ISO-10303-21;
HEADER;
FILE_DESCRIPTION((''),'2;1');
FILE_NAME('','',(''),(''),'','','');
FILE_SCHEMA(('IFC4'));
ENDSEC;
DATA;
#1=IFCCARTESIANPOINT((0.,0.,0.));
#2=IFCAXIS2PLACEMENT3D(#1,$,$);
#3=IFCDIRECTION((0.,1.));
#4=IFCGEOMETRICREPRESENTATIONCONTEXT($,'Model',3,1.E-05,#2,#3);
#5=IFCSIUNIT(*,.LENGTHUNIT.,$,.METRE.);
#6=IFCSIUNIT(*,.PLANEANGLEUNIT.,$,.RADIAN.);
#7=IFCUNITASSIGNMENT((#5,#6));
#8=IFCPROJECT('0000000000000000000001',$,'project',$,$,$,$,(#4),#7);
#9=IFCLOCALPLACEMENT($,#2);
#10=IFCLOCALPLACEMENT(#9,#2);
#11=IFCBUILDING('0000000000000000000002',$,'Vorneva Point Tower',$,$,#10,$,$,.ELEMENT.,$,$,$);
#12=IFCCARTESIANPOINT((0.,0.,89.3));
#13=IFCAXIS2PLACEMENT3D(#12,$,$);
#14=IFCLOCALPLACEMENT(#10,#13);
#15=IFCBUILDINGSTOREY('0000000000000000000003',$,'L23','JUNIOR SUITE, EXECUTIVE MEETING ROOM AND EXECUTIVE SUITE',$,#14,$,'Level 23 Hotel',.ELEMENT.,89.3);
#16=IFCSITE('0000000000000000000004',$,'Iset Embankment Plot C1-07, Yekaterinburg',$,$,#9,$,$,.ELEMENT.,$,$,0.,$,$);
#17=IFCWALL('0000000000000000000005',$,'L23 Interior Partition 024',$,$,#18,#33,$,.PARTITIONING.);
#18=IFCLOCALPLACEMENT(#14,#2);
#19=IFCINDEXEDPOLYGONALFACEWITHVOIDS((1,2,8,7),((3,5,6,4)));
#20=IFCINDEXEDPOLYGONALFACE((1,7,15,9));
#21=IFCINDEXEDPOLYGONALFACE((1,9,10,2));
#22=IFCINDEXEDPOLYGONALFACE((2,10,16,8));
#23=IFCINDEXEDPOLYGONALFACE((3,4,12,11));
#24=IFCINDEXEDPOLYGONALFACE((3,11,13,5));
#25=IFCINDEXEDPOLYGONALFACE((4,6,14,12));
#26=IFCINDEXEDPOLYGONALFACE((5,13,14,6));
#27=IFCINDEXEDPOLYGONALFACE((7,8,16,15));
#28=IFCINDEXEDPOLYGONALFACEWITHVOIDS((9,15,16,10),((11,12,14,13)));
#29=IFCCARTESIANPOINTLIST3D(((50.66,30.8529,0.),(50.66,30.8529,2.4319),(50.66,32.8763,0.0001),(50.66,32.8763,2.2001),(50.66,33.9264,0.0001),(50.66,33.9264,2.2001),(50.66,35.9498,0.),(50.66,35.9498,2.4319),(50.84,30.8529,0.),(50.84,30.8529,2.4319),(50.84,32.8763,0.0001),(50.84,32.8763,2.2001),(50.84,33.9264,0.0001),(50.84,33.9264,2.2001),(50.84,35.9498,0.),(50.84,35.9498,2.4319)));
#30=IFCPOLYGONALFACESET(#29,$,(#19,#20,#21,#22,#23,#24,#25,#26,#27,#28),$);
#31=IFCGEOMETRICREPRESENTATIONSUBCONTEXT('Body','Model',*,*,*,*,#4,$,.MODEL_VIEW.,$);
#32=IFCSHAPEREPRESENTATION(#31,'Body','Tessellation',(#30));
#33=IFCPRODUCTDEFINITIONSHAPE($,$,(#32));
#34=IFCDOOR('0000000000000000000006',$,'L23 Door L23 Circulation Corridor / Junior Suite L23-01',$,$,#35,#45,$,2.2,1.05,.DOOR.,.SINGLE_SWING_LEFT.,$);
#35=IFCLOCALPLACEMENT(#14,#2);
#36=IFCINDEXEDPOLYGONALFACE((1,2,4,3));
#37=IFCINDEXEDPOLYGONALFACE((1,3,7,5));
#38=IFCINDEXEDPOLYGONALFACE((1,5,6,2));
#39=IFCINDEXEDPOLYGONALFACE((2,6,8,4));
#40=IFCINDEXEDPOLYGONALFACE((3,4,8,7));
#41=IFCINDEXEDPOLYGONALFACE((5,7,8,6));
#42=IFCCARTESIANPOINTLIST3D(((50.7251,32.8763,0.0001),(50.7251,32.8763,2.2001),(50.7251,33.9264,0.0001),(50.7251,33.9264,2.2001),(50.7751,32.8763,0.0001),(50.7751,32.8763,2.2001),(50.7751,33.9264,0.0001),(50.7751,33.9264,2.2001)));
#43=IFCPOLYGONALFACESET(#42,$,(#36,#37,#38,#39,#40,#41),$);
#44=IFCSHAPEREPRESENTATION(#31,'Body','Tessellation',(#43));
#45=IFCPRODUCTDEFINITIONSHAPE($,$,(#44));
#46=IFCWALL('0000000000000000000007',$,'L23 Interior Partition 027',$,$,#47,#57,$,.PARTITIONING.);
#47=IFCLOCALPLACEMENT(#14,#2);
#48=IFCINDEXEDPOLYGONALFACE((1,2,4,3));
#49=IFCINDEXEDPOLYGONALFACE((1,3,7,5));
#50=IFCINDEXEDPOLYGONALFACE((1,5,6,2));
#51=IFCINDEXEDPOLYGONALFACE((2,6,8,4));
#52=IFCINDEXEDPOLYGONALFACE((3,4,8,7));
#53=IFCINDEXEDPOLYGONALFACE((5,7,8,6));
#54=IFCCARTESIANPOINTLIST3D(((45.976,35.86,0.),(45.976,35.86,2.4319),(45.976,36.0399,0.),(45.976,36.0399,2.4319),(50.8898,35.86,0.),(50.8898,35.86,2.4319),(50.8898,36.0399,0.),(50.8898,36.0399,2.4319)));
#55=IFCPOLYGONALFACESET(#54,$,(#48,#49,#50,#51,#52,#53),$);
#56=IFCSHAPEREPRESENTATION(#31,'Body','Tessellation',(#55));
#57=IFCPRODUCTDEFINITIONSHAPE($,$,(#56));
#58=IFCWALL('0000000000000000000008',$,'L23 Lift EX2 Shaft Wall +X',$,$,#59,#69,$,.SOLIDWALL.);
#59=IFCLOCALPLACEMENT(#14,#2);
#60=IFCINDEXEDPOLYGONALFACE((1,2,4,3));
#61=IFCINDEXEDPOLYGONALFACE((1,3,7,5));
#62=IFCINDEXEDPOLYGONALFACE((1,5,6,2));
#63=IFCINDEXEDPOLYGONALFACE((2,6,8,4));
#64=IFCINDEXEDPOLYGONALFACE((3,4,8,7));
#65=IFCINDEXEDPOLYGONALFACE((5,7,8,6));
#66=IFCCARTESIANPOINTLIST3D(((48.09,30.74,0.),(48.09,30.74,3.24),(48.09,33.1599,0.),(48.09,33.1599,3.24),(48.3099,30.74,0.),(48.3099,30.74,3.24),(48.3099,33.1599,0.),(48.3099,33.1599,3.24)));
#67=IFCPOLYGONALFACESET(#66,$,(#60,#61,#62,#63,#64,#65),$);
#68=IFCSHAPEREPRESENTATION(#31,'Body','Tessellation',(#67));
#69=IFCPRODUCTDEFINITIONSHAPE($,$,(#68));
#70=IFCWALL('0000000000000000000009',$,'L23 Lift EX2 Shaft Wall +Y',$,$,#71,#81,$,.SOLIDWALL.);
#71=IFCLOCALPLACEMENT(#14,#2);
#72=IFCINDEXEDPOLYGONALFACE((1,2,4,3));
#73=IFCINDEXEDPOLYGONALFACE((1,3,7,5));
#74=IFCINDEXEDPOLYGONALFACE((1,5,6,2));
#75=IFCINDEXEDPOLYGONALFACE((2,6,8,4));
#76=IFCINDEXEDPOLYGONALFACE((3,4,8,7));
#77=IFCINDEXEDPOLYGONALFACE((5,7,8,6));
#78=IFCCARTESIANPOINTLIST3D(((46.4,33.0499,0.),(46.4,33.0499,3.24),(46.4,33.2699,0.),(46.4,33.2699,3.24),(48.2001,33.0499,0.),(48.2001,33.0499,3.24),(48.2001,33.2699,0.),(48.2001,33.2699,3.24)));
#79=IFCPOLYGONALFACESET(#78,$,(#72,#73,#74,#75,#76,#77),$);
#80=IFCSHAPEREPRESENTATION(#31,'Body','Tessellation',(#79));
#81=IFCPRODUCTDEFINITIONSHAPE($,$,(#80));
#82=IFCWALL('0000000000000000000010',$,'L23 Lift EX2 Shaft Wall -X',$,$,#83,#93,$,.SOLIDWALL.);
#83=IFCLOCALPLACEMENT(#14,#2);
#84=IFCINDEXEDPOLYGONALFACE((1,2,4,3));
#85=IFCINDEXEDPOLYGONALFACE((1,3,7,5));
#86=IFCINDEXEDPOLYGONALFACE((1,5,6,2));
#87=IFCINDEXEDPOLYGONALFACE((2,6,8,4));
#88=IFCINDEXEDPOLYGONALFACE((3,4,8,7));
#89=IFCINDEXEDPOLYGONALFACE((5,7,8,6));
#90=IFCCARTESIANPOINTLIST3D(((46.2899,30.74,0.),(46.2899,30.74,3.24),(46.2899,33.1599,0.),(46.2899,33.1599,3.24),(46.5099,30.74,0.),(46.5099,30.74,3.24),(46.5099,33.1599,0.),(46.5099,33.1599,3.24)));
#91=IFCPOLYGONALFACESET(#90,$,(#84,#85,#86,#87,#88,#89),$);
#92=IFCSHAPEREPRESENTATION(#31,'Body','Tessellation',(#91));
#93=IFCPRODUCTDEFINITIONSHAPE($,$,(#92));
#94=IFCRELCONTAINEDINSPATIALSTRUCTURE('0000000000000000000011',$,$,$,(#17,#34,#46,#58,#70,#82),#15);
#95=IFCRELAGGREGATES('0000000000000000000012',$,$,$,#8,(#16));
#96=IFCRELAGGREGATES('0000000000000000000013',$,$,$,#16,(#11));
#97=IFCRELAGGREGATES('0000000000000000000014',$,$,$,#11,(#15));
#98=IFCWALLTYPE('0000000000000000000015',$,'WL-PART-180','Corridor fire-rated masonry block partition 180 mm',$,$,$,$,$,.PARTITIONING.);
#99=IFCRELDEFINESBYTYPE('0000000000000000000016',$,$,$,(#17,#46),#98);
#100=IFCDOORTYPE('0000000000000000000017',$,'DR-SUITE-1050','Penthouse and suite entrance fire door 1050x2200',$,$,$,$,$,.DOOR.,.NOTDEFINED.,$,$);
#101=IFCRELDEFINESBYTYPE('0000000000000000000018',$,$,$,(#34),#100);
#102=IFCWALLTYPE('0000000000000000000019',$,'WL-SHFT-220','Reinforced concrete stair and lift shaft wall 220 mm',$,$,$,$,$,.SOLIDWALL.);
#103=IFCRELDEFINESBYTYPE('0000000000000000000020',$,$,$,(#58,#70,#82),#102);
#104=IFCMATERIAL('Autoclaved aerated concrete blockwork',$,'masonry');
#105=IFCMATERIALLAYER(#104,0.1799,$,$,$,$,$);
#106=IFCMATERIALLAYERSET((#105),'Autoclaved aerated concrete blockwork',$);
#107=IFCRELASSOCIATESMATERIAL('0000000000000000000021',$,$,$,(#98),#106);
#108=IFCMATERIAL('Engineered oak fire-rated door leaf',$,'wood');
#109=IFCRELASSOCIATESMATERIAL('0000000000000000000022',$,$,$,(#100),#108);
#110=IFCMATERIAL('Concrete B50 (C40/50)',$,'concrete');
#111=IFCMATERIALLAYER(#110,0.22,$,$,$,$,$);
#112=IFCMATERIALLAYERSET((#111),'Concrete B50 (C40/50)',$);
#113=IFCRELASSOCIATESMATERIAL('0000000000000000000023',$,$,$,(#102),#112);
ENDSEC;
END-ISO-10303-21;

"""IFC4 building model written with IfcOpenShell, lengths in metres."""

from ifc_helpers import new_model, si_unit, direction, frame, frame_2d, origin, place, context, subcontext, project, spatial, rectangle, extrude, material, layer, layer_set, type_object, element, fill, save


model = new_model("IFC4")

# Units and contexts
model_context = context("Model", 3, precision=1e-05, world=origin(), true_north=direction((0.0, 1.0)))
body_context = subcontext(model_context, "Body", "Model", "MODEL_VIEW")
ifc_project = project(units=[si_unit("LENGTHUNIT", "METRE"), si_unit("PLANEANGLEUNIT", "RADIAN")], contexts=[model_context])

# Site, building, storey
site_placement = place(None, origin())
site = spatial("IfcSite", under=ifc_project, at=site_placement, Name="Iset Embankment Plot C1-07, Yekaterinburg", CompositionType="ELEMENT", RefElevation=0.0)
building_placement = place(site_placement, origin())
building = spatial("IfcBuilding", under=site, at=building_placement, Name="Vorneva Point Tower", CompositionType="ELEMENT")
storey_placement = place(building_placement, frame((0.0, 0.0, 89.3)))
storey = spatial("IfcBuildingStorey", under=building, at=storey_placement, Name="L23", Description="JUNIOR SUITE, EXECUTIVE MEETING ROOM AND EXECUTIVE SUITE", LongName="Level 23 Hotel", CompositionType="ELEMENT", Elevation=89.3)

# Shared definitions
ifc_material_1 = material(Name="Engineered oak fire-rated door leaf", Category="wood")

# Wall, opening, door
ifc_material_2 = material(Name="Autoclaved aerated concrete blockwork", Category="masonry")
ifc_layer_1 = layer(ifc_material_2, 0.1799)
ifc_layer_set_1 = layer_set([ifc_layer_1], Name="Autoclaved aerated concrete blockwork")
wall_type_1 = type_object("IfcWallType", Name="WL-PART-180", Description="Corridor fire-rated masonry block partition 180 mm", PredefinedType="PARTITIONING", material=ifc_layer_set_1)
wall_1_placement = place(storey_placement, frame((50.75, 30.853, 0.0), z_axis=(0.0, 0.0, 1.0), x_axis=(0.0, 1.0, 0.0)))
wall_1 = element("IfcWall", 1, at=wall_1_placement, inside=storey, type_object=wall_type_1, Name="L23 Interior Partition 024", PredefinedType="PARTITIONING", context=body_context, shape_type="SweptSolid", body=[
    extrude(rectangle(XDim=5.0969, YDim=0.1799, at=frame_2d((2.5483, 0.0))), origin(), (0.0, 0.0, 1.0), 2.4319),
])
opening_1_placement = place(wall_1_placement, frame((2.0234, 0.0, 0.0)))
opening_1 = element("IfcOpeningElement", 2, at=opening_1_placement, cuts=wall_1, PredefinedType="OPENING", context=body_context, shape_type="SweptSolid", body=[
    extrude(rectangle(XDim=1.05, YDim=2.2, at=frame_2d((0.5249, 1.1001))), frame((0.0, 0.105, 0.0), z_axis=(0.0, -1.0, 0.0), x_axis=(1.0, 0.0, 0.0)), (0.0, 0.0, 1.0), 0.2097),
])
door_type_1 = type_object("IfcDoorType", Name="DR-SUITE-1050", Description="Penthouse and suite entrance fire door 1050x2200", OperationType="NOTDEFINED", PredefinedType="DOOR", material=ifc_material_1)
door_1_placement = place(opening_1_placement, origin())
door_1 = element("IfcDoor", 3, at=door_1_placement, inside=storey, type_object=door_type_1, Name="L23 Door L23 Circulation Corridor / Junior Suite L23-01", OperationType="SINGLE_SWING_LEFT", OverallHeight=2.2, OverallWidth=1.05, PredefinedType="DOOR", context=body_context, shape_type="SweptSolid", body=[
    extrude(rectangle(XDim=1.05, YDim=2.2, at=frame_2d((0.5249, 1.1001))), frame((0.0, 0.0249, 0.0), z_axis=(0.0, -1.0, 0.0), x_axis=(1.0, 0.0, 0.0)), (0.0, 0.0, 1.0), 0.05),
])
fill(opening_1, door_1)

# Walls
wall_2_placement = place(storey_placement, frame((50.8899, 35.95, 0.0), z_axis=(0.0, 0.0, 1.0), x_axis=(-1.0, 0.0, 0.0)))
element("IfcWall", 4, at=wall_2_placement, inside=storey, type_object=wall_type_1, Name="L23 Interior Partition 027", PredefinedType="PARTITIONING", context=body_context, shape_type="SweptSolid", body=[
    extrude(rectangle(XDim=4.9138, YDim=0.1799, at=frame_2d((2.457, 0.0))), origin(), (0.0, 0.0, 1.0), 2.4319),
])
ifc_material_3 = material(Name="Concrete B50 (C40/50)", Category="concrete")
ifc_layer_2 = layer(ifc_material_3, 0.22)
ifc_layer_set_2 = layer_set([ifc_layer_2], Name="Concrete B50 (C40/50)")
wall_type_2 = type_object("IfcWallType", Name="WL-SHFT-220", Description="Reinforced concrete stair and lift shaft wall 220 mm", PredefinedType="SOLIDWALL", material=ifc_layer_set_2)
wall_3_placement = place(storey_placement, frame((48.2, 30.74, 0.0), z_axis=(0.0, 0.0, 1.0), x_axis=(0.0, 1.0, 0.0)))
element("IfcWall", 5, at=wall_3_placement, inside=storey, type_object=wall_type_2, Name="L23 Lift EX2 Shaft Wall +X", PredefinedType="SOLIDWALL", context=body_context, shape_type="SweptSolid", body=[
    extrude(rectangle(XDim=2.4199, YDim=0.22, at=frame_2d((1.21, 0.0))), origin(), (0.0, 0.0, 1.0), 3.24),
])
wall_4_placement = place(storey_placement, frame((48.2, 33.1599, 0.0), z_axis=(0.0, 0.0, 1.0), x_axis=(-1.0, 0.0, 0.0)))
element("IfcWall", 6, at=wall_4_placement, inside=storey, type_object=wall_type_2, Name="L23 Lift EX2 Shaft Wall +Y", PredefinedType="SOLIDWALL", context=body_context, shape_type="SweptSolid", body=[
    extrude(rectangle(XDim=1.8, YDim=0.22, at=frame_2d((0.8999, 0.0))), origin(), (0.0, 0.0, 1.0), 3.24),
])
wall_5_placement = place(storey_placement, frame((46.3999, 33.1599, 0.0), z_axis=(0.0, 0.0, 1.0), x_axis=(0.0, -1.0, 0.0)))
element("IfcWall", 7, at=wall_5_placement, inside=storey, type_object=wall_type_2, Name="L23 Lift EX2 Shaft Wall -X", PredefinedType="SOLIDWALL", context=body_context, shape_type="SweptSolid", body=[
    extrude(rectangle(XDim=2.4199, YDim=0.22, at=frame_2d((1.21, 0.0))), origin(), (0.0, 0.0, 1.0), 3.24),
])

save(model, "model.ifc")
